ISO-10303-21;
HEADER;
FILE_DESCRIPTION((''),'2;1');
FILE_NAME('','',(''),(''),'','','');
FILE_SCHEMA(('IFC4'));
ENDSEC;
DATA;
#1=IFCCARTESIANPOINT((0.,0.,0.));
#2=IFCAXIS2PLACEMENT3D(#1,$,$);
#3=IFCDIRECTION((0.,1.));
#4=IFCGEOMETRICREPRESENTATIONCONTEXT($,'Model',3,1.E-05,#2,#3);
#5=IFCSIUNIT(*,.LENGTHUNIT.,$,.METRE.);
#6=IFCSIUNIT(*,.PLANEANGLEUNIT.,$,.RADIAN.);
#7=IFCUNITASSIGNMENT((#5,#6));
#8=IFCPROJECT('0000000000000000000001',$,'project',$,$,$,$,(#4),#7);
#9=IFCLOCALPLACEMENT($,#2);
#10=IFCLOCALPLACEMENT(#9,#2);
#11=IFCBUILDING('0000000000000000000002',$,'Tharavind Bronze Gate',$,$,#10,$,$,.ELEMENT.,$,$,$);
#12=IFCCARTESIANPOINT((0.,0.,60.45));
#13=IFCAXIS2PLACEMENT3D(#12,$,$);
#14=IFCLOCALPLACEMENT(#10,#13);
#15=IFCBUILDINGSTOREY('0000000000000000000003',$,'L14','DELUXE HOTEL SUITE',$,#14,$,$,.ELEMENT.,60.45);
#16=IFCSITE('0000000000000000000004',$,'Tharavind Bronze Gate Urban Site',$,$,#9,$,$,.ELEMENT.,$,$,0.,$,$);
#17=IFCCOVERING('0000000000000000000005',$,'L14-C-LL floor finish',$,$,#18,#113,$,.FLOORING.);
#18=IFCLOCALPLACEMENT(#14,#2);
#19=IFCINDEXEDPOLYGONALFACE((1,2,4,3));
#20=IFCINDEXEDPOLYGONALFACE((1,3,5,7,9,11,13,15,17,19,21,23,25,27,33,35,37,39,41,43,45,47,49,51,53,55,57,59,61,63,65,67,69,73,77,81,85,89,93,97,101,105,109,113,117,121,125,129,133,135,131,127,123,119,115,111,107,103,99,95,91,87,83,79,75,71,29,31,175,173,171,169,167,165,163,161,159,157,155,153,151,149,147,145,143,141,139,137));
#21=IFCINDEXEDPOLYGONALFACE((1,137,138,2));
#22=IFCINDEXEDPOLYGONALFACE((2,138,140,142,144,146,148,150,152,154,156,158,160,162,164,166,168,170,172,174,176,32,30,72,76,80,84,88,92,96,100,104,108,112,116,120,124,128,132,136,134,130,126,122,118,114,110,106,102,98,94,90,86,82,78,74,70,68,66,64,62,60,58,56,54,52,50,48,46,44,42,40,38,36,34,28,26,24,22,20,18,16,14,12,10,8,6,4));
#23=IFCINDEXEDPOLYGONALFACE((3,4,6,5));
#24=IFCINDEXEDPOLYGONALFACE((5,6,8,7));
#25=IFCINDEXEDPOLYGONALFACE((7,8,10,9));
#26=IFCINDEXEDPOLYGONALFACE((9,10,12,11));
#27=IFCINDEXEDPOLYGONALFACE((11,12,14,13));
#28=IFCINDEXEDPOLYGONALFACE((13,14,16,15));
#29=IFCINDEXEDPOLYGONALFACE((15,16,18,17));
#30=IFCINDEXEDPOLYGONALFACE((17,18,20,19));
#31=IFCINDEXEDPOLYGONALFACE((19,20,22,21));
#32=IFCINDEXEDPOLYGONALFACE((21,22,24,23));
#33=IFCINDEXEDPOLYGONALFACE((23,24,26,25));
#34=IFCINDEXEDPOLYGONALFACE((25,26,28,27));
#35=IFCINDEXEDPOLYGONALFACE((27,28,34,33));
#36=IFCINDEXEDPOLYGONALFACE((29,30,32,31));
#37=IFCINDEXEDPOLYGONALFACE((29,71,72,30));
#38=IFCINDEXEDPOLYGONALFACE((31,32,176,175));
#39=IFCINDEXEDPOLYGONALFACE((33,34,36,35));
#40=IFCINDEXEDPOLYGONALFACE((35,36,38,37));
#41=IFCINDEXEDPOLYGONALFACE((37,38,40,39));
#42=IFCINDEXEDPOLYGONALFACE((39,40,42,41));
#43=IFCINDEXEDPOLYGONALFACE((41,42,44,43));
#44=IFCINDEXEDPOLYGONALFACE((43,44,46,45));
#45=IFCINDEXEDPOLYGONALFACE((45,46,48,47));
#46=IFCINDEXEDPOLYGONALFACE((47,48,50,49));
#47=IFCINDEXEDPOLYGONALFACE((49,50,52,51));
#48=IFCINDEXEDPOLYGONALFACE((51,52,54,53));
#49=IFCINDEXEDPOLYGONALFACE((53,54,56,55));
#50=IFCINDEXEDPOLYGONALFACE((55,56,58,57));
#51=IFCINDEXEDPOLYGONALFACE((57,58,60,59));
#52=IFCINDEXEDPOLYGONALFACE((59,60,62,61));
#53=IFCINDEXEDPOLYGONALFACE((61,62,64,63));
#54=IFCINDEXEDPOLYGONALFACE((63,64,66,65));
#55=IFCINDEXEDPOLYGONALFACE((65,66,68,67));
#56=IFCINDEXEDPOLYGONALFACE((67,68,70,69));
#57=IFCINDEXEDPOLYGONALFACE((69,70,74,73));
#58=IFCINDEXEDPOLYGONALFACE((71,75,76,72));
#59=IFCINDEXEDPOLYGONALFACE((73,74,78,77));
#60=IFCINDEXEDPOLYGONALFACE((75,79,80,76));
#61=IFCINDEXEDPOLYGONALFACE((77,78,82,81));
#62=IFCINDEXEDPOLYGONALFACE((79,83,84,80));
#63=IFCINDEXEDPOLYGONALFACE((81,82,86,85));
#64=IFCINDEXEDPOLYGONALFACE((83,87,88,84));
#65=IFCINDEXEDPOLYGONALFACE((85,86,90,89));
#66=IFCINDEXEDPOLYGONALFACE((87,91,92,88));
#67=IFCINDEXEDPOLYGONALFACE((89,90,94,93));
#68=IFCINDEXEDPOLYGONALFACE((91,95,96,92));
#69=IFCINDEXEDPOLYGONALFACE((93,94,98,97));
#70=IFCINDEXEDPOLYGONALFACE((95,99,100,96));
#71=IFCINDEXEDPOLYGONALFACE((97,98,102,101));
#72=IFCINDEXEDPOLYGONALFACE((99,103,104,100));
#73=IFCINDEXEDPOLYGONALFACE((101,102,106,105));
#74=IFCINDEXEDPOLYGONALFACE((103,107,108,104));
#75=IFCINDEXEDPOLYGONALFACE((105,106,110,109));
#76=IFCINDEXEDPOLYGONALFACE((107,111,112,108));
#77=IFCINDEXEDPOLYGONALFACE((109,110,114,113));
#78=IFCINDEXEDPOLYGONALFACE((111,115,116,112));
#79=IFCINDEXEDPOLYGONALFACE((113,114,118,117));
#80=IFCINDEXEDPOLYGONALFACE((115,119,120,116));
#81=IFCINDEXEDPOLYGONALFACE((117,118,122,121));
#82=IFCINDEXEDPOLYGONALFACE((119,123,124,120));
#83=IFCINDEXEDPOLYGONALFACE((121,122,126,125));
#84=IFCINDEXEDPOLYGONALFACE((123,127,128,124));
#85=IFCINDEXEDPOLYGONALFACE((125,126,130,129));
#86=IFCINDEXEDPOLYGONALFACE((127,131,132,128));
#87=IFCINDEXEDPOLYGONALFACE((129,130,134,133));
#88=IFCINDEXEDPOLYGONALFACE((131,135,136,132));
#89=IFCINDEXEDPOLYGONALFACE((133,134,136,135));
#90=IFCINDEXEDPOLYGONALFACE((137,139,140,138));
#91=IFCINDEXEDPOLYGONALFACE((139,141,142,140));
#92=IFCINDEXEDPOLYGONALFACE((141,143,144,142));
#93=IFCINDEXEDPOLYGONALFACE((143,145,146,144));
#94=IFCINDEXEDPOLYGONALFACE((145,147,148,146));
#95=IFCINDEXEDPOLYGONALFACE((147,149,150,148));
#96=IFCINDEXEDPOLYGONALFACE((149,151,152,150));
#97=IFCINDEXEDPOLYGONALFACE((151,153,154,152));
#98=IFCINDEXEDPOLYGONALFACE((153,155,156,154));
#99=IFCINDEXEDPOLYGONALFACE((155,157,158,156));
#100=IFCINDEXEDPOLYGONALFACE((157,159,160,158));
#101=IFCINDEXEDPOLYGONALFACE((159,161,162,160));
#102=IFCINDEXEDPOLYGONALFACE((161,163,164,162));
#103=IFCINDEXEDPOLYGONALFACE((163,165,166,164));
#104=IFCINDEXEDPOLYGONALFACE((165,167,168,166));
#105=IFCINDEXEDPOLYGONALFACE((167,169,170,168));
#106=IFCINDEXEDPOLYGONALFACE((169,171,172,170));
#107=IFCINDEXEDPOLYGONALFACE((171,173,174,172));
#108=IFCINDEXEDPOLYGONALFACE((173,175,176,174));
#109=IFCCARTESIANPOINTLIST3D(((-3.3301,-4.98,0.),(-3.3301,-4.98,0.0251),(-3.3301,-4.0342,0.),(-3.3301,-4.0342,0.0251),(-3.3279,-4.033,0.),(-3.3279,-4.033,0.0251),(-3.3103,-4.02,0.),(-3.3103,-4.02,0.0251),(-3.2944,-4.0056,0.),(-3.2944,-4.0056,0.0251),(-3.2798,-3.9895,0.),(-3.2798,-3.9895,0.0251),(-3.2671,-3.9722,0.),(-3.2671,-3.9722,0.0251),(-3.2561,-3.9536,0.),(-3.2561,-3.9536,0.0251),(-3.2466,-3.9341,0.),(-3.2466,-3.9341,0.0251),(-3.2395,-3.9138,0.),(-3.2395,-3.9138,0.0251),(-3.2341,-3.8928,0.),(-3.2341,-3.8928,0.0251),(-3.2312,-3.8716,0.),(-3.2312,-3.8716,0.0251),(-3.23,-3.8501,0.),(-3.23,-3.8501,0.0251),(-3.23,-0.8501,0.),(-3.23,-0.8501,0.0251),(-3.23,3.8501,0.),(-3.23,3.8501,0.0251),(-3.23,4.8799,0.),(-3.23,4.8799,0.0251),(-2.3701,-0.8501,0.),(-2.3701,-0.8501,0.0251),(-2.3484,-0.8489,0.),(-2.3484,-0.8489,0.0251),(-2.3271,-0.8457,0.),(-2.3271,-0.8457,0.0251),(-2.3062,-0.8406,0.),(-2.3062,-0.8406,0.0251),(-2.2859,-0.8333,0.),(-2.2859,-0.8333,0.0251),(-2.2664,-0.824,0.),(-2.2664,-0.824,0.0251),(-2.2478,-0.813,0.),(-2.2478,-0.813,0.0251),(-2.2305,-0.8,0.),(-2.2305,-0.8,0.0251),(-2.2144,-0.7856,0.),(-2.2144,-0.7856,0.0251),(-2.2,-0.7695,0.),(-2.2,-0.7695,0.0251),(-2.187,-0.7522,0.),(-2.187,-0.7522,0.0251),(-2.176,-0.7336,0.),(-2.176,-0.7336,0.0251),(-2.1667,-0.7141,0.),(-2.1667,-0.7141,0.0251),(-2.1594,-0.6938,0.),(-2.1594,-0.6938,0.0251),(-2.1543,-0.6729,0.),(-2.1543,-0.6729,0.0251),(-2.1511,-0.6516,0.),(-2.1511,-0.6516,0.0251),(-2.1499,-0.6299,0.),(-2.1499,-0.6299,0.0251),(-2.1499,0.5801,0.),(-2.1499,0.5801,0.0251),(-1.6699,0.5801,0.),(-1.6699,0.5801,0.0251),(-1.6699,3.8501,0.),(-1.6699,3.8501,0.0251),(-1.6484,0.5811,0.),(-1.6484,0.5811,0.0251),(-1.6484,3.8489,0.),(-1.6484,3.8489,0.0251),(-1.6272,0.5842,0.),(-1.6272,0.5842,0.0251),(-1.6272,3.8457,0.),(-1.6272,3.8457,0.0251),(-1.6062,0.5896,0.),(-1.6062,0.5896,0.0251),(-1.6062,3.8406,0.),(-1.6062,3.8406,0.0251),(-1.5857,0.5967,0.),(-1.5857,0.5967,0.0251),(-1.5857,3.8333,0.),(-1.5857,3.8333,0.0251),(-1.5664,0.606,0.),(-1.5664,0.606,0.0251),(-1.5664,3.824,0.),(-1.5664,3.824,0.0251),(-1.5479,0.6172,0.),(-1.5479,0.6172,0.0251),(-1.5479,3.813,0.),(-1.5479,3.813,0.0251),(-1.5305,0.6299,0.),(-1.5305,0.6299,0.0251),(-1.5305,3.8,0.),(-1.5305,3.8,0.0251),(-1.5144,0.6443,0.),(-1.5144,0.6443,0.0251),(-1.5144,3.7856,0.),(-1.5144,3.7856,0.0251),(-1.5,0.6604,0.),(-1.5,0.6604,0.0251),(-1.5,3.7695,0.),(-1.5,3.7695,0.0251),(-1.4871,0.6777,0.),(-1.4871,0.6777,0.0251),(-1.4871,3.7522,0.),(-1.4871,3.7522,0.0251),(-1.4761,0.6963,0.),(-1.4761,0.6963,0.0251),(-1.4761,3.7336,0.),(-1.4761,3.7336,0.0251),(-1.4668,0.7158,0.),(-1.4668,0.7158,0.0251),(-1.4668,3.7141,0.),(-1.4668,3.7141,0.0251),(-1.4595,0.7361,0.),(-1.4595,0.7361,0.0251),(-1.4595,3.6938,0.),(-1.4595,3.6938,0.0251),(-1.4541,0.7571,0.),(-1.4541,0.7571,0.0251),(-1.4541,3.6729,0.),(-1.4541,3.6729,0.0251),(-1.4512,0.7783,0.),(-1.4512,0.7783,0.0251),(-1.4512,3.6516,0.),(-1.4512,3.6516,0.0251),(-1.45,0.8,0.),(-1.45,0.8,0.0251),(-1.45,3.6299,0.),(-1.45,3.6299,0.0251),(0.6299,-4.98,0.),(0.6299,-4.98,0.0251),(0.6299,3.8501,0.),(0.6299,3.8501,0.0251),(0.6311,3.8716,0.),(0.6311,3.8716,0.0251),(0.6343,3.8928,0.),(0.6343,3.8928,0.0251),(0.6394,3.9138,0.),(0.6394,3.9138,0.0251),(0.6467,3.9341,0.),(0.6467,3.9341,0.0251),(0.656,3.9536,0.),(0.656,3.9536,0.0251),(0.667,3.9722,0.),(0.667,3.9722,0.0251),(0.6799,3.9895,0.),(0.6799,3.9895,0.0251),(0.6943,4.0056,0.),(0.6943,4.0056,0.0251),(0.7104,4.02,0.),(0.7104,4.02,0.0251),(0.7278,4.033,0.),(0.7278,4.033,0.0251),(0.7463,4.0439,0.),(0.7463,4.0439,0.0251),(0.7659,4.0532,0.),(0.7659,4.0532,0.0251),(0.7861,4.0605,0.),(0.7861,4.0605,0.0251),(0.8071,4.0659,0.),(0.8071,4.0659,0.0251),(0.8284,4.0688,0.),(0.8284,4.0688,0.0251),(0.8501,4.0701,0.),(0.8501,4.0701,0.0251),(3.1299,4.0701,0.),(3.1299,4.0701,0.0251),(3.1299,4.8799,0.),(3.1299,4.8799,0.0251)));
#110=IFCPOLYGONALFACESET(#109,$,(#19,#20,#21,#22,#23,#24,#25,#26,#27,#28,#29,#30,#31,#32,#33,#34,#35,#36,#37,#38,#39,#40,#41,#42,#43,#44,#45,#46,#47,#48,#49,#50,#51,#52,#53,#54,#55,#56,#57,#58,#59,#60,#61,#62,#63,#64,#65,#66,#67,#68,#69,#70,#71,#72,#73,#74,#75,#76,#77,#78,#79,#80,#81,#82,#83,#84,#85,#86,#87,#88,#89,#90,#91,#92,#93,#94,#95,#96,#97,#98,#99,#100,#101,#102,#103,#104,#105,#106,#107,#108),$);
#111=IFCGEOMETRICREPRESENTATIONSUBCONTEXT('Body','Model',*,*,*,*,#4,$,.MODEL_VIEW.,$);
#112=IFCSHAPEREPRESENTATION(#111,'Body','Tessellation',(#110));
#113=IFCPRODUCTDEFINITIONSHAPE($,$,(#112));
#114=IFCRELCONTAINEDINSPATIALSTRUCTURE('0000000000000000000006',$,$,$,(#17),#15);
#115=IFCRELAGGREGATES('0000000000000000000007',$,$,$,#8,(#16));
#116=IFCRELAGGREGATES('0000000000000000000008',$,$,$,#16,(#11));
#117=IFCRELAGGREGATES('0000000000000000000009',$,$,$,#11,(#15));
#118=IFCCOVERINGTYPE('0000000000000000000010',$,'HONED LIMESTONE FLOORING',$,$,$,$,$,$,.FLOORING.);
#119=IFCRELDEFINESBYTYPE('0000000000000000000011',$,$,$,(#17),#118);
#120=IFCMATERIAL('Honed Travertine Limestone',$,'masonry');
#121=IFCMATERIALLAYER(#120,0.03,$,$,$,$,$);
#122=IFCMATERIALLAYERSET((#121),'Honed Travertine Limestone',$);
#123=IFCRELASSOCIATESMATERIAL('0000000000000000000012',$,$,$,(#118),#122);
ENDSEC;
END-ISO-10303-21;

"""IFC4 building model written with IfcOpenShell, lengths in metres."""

from ifc_helpers import new_model, si_unit, direction, frame, origin, place, context, subcontext, project, spatial, polyline, outline, extrude, material, layer, layer_set, type_object, element, save


model = new_model("IFC4")

# Units and contexts
model_context = context("Model", 3, precision=1e-05, world=origin(), true_north=direction((0.0, 1.0)))
body_context = subcontext(model_context, "Body", "Model", "MODEL_VIEW")
ifc_project = project(units=[si_unit("LENGTHUNIT", "METRE"), si_unit("PLANEANGLEUNIT", "RADIAN")], contexts=[model_context])

# Site, building, storey
site_placement = place(None, origin())
site = spatial("IfcSite", under=ifc_project, at=site_placement, Name="Tharavind Bronze Gate Urban Site", CompositionType="ELEMENT", RefElevation=0.0)
building_placement = place(site_placement, origin())
building = spatial("IfcBuilding", under=site, at=building_placement, Name="Tharavind Bronze Gate", CompositionType="ELEMENT")
storey_placement = place(building_placement, frame((0.0, 0.0, 60.45)))
storey = spatial("IfcBuildingStorey", under=building, at=storey_placement, Name="L14", Description="DELUXE HOTEL SUITE", CompositionType="ELEMENT", Elevation=60.45)

# Covering
ifc_material_1 = material(Name="Honed Travertine Limestone", Category="masonry")
ifc_layer_1 = layer(ifc_material_1, 0.03)
ifc_layer_set_1 = layer_set([ifc_layer_1], Name="Honed Travertine Limestone")
covering_type_1 = type_object("IfcCoveringType", Name="HONED LIMESTONE FLOORING", PredefinedType="FLOORING", material=ifc_layer_set_1)
covering_1_placement = place(storey_placement, origin())
element("IfcCovering", 1, at=covering_1_placement, inside=storey, type_object=covering_type_1, Name="L14-C-LL floor finish", PredefinedType="FLOORING", context=body_context, shape_type="SweptSolid", body=[
    extrude(outline(polyline([(-3.3301, -4.98), (0.6299, -4.98), (0.6299, 3.8501), (0.6311, 3.8716), (0.6343, 3.8928), (0.6394, 3.9138), (0.6467, 3.9341), (0.656, 3.9536), (0.667, 3.9722), (0.6799, 3.9895), (0.6943, 4.0056), (0.7104, 4.02), (0.7278, 4.033), (0.7463, 4.0439), (0.7659, 4.0532), (0.7861, 4.0605), (0.8071, 4.0659), (0.8284, 4.0688), (0.8501, 4.0701), (3.1299, 4.0701), (3.1299, 4.8799), (-3.23, 4.8799), (-3.23, 3.8501), (-1.6699, 3.8501), (-1.6484, 3.8489), (-1.6272, 3.8457), (-1.6062, 3.8406), (-1.5857, 3.8333), (-1.5664, 3.824), (-1.5479, 3.813), (-1.5305, 3.8), (-1.5144, 3.7856), (-1.5, 3.7695), (-1.4871, 3.7522), (-1.4761, 3.7336), (-1.4668, 3.7141), (-1.4595, 3.6938), (-1.4541, 3.6729), (-1.4512, 3.6516), (-1.45, 3.6299), (-1.45, 0.8), (-1.4512, 0.7783), (-1.4541, 0.7571), (-1.4595, 0.7361), (-1.4668, 0.7158), (-1.4761, 0.6963), (-1.4871, 0.6777), (-1.5, 0.6604), (-1.5144, 0.6443), (-1.5305, 0.6299), (-1.5479, 0.6172), (-1.5664, 0.606), (-1.5857, 0.5967), (-1.6062, 0.5896), (-1.6272, 0.5842), (-1.6484, 0.5811), (-1.6699, 0.5801), (-2.1499, 0.5801), (-2.1499, -0.6299), (-2.1511, -0.6516), (-2.1543, -0.6729), (-2.1594, -0.6938), (-2.1667, -0.7141), (-2.176, -0.7336), (-2.187, -0.7522), (-2.2, -0.7695), (-2.2144, -0.7856), (-2.2305, -0.8), (-2.2478, -0.813), (-2.2664, -0.824), (-2.2859, -0.8333), (-2.3062, -0.8406), (-2.3271, -0.8457), (-2.3484, -0.8489), (-2.3701, -0.8501), (-3.23, -0.8501), (-3.23, -3.8501), (-3.2312, -3.8716), (-3.2341, -3.8928), (-3.2395, -3.9138), (-3.2466, -3.9341), (-3.2561, -3.9536), (-3.2671, -3.9722), (-3.2798, -3.9895), (-3.2944, -4.0056), (-3.3103, -4.02), (-3.3279, -4.033), (-3.3301, -4.0342), (-3.3301, -4.98)])), origin(), (0.0, 0.0, 1.0), 0.0251),
])

save(model, "model.ifc")
